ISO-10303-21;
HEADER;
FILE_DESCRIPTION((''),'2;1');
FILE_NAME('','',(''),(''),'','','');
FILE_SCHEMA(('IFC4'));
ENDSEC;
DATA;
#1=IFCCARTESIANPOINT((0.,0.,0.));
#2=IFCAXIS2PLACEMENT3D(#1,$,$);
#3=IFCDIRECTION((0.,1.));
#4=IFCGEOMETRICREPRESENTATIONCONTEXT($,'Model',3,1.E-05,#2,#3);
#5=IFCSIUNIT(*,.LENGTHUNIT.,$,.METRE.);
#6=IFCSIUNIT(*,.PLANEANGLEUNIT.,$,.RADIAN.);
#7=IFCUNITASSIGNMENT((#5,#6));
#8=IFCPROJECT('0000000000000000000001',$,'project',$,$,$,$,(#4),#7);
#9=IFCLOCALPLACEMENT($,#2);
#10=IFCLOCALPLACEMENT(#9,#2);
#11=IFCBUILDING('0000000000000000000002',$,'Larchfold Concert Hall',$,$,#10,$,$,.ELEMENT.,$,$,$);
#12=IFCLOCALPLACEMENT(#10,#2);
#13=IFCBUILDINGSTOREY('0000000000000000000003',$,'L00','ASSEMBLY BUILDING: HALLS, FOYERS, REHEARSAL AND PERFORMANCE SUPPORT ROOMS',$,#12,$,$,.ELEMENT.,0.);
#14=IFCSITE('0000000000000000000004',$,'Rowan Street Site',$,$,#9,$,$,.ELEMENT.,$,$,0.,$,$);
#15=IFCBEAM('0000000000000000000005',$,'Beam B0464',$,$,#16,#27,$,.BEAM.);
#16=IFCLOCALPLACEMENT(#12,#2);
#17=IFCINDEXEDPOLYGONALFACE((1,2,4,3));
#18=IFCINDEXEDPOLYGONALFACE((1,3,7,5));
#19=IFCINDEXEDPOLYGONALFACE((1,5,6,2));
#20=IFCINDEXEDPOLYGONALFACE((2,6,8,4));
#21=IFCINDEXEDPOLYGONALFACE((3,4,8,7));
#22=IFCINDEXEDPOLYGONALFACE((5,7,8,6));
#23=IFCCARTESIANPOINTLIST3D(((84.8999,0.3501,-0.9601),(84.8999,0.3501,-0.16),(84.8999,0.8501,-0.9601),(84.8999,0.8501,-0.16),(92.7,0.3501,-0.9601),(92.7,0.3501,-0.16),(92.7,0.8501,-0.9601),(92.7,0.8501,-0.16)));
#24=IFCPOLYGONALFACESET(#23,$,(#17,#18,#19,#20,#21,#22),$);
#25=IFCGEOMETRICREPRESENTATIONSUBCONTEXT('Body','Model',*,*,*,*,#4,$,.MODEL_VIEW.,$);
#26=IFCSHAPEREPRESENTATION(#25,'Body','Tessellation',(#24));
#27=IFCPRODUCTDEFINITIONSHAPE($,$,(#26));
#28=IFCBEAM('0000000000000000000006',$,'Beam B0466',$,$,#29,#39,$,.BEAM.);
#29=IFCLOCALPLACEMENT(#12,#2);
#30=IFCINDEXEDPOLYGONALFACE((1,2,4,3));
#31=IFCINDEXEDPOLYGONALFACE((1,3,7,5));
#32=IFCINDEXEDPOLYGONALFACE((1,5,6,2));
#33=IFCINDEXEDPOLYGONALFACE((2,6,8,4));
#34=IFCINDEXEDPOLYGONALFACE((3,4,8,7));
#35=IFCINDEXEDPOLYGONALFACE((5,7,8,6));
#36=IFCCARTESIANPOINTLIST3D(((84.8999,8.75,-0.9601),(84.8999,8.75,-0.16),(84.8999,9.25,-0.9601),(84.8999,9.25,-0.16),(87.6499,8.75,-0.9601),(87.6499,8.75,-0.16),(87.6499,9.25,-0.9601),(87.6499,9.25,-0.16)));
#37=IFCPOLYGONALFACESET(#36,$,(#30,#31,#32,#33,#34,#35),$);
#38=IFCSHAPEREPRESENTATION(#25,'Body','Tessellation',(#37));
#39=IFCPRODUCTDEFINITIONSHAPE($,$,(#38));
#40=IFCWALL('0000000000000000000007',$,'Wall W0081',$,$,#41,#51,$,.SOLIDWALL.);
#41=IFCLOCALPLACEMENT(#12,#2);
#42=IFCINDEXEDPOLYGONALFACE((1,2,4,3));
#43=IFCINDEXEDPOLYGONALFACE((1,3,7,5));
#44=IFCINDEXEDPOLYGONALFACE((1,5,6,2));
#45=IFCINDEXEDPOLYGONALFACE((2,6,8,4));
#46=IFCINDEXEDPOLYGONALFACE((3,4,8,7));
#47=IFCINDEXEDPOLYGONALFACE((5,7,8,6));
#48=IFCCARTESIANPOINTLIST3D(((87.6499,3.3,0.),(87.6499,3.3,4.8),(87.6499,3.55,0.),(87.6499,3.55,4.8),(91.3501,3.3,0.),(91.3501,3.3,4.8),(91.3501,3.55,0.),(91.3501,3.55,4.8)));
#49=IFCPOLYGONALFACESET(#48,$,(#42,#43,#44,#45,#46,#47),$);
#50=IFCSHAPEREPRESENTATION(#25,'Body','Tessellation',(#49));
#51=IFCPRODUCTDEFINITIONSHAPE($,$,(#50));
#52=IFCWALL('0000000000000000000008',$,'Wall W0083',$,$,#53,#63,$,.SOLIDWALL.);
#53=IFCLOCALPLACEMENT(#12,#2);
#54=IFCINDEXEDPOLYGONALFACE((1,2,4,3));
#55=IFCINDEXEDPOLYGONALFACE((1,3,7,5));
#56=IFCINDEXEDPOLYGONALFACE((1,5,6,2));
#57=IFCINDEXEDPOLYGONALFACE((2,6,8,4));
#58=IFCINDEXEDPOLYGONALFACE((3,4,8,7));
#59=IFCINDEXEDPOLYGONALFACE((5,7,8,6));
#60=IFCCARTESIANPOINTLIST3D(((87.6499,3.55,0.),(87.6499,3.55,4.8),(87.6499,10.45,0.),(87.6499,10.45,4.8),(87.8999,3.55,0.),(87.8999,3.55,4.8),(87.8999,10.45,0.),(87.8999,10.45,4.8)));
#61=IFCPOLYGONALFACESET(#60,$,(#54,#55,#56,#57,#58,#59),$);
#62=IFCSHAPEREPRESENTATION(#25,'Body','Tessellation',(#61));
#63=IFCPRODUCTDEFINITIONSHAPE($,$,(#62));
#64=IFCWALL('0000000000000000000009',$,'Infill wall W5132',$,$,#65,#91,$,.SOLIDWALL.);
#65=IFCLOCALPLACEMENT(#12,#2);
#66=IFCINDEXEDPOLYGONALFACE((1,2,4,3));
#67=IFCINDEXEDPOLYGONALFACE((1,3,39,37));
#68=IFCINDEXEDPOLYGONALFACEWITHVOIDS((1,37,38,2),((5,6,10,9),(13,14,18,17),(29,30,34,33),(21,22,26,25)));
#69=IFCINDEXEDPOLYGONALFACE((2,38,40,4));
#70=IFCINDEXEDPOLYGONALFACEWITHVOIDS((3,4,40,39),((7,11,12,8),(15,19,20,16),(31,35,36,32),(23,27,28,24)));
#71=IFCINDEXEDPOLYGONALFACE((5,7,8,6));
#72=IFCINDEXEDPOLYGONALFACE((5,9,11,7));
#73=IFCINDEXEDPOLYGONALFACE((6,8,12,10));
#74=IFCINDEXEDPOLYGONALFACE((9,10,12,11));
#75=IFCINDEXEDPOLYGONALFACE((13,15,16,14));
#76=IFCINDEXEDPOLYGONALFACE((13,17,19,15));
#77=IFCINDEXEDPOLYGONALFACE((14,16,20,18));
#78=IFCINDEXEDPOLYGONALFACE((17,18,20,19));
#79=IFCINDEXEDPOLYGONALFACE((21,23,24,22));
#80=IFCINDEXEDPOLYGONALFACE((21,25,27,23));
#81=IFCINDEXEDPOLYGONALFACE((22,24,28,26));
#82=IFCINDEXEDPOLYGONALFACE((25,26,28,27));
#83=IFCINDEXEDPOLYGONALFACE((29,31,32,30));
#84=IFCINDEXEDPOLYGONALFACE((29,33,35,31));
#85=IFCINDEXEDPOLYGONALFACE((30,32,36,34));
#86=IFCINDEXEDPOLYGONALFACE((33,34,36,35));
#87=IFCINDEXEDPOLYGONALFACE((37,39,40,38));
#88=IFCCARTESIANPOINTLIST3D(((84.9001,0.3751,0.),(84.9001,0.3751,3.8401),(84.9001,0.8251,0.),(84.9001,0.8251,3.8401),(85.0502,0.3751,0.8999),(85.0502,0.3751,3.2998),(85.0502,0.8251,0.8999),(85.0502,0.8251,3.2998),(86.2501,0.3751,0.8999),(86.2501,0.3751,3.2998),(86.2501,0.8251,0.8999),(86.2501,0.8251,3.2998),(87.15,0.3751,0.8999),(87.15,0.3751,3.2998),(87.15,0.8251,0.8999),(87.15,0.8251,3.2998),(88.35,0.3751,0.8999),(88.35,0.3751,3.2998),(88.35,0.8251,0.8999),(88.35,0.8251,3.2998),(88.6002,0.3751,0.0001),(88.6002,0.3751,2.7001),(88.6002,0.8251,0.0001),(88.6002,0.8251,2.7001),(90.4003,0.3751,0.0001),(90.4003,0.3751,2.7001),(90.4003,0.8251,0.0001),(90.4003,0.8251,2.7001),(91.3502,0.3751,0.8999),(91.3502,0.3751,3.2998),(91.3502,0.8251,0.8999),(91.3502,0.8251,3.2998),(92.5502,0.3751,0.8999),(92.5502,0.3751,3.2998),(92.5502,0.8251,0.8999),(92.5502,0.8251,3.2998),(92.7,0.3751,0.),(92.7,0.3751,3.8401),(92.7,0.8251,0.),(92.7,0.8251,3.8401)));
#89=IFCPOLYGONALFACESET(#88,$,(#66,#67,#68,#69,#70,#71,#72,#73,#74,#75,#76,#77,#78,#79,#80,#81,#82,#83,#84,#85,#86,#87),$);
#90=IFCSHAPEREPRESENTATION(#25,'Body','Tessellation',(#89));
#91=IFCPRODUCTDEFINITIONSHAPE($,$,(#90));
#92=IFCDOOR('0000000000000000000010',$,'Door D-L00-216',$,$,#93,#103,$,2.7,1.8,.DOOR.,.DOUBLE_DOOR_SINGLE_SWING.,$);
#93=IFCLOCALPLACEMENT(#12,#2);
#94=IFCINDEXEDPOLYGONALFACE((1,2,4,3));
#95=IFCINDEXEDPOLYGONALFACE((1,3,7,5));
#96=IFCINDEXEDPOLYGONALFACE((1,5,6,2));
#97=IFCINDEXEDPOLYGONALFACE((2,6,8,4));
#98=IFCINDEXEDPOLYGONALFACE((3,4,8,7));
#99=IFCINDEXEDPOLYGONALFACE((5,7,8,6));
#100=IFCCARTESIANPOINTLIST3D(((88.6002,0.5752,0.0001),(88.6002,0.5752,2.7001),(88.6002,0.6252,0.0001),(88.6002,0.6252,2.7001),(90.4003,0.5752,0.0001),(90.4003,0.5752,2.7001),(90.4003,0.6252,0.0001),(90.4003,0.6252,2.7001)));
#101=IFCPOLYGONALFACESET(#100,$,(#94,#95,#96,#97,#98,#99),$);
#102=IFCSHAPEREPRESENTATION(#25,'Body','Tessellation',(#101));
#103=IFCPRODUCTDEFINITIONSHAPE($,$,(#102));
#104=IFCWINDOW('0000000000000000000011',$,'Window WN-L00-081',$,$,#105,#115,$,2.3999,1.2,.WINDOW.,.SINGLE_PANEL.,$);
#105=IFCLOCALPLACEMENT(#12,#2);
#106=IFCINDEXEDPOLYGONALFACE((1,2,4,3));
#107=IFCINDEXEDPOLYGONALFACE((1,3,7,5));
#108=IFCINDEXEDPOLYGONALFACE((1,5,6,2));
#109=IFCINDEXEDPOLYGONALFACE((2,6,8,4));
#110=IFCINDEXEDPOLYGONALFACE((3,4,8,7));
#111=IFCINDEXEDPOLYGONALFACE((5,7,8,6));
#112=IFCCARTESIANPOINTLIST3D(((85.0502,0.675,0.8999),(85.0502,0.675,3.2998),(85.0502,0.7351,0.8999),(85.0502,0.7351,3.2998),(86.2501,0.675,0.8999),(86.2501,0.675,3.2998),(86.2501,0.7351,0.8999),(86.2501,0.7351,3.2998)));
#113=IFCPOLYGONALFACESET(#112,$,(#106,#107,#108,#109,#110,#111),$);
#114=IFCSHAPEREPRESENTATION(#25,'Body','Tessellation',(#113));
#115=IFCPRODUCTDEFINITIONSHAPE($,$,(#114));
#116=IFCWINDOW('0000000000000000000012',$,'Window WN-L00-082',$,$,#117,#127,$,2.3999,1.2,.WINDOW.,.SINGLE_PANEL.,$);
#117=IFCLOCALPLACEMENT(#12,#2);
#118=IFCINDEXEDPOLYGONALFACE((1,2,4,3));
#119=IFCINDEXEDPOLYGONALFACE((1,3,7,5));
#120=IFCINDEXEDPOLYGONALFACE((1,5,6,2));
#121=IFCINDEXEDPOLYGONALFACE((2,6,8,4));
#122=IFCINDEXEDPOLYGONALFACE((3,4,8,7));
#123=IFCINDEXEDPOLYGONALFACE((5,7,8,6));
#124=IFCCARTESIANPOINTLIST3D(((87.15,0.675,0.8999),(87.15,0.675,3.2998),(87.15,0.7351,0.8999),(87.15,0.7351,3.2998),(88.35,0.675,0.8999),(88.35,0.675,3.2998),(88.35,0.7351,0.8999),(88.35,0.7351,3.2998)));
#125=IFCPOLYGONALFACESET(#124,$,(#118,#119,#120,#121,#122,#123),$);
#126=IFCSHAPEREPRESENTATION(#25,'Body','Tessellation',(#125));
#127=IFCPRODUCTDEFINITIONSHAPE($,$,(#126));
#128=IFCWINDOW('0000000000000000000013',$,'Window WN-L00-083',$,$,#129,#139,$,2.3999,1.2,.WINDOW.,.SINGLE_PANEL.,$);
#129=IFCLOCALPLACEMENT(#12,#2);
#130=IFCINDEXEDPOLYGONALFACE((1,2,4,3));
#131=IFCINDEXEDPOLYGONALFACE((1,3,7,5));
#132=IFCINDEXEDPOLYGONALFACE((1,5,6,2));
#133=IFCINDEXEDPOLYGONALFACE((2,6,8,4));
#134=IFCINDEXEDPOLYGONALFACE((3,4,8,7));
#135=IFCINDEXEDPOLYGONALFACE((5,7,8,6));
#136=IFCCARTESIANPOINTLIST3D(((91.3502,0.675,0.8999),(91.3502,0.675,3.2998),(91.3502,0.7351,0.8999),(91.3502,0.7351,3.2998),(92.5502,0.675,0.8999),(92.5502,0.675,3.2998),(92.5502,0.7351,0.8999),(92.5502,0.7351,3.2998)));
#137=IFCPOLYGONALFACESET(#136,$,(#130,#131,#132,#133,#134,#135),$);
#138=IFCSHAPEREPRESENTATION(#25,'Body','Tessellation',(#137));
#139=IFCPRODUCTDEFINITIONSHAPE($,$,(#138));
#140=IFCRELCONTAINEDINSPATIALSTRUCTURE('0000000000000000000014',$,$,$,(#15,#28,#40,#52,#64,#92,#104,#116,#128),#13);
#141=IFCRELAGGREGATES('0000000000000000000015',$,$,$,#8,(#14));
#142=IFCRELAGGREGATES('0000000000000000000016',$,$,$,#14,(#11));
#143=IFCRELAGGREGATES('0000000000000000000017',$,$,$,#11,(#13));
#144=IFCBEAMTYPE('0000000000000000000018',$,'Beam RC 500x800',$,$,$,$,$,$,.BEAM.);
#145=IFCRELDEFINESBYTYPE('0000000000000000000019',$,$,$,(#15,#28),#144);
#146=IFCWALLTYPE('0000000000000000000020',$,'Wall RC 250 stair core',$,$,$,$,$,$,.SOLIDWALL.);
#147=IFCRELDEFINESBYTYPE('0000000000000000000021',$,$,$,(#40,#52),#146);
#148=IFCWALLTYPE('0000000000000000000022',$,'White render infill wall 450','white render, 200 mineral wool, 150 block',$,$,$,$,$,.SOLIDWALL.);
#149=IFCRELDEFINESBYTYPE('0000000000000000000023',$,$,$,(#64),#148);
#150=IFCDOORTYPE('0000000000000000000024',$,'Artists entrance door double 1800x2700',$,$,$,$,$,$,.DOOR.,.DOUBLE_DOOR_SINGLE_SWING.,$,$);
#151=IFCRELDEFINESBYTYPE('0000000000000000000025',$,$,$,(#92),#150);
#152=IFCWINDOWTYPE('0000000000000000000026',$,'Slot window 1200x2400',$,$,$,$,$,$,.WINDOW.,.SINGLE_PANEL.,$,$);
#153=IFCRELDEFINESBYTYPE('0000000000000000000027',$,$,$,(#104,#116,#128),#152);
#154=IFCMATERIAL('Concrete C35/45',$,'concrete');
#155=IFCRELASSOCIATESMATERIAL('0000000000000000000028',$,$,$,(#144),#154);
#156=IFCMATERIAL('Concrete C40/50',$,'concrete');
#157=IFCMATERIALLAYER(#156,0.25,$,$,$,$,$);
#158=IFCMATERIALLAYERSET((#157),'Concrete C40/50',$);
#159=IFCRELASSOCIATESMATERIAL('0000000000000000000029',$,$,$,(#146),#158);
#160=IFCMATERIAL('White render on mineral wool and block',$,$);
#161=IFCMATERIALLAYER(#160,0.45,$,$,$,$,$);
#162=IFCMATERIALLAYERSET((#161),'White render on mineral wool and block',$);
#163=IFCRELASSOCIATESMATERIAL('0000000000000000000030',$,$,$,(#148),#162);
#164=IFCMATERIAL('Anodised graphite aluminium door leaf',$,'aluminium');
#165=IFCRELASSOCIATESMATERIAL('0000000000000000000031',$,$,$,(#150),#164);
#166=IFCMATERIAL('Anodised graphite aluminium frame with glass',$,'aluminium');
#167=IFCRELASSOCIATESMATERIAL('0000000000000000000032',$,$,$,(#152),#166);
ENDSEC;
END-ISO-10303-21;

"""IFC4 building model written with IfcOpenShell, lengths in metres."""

from ifc_helpers import new_model, si_unit, direction, frame, frame_2d, origin, origin_2d, place, context, subcontext, project, spatial, rectangle, extrude, material, layer, layer_set, material_profile, profile_set, type_object, element, fill, save


model = new_model("IFC4")

# Units and contexts
model_context = context("Model", 3, precision=1e-05, world=origin(), true_north=direction((0.0, 1.0)))
body_context = subcontext(model_context, "Body", "Model", "MODEL_VIEW")
ifc_project = project(units=[si_unit("LENGTHUNIT", "METRE"), si_unit("PLANEANGLEUNIT", "RADIAN")], contexts=[model_context])

# Site, building, storey
site_placement = place(None, origin())
site = spatial("IfcSite", under=ifc_project, at=site_placement, Name="Rowan Street Site", CompositionType="ELEMENT", RefElevation=0.0)
building_placement = place(site_placement, origin())
building = spatial("IfcBuilding", under=site, at=building_placement, Name="Larchfold Concert Hall", CompositionType="ELEMENT")
storey_placement = place(building_placement, origin())
storey = spatial("IfcBuildingStorey", under=building, at=storey_placement, Name="L00", Description="ASSEMBLY BUILDING: HALLS, FOYERS, REHEARSAL AND PERFORMANCE SUPPORT ROOMS", CompositionType="ELEMENT", Elevation=0.0)

# Beams
ifc_material_1 = material(Name="Concrete C35/45", Category="concrete")
ifc_material_profile = material_profile(ifc_material_1, rectangle(XDim=0.5, YDim=0.8, at=origin_2d()))
ifc_profile_set = profile_set([ifc_material_profile], Name="Concrete C35/45")
beam_type = type_object("IfcBeamType", Name="Beam RC 500x800", PredefinedType="BEAM", material=ifc_profile_set)
beam_1_placement = place(storey_placement, frame((84.8999, 0.6001, -0.5601), z_axis=(1.0, 0.0, 0.0), x_axis=(0.0, 1.0, 0.0)))
element("IfcBeam", 1, at=beam_1_placement, inside=storey, type_object=beam_type, Name="Beam B0464", PredefinedType="BEAM", context=body_context, shape_type="SweptSolid", body=[
    extrude(rectangle(XDim=0.5, YDim=0.8, at=origin_2d()), origin(), (0.0, 0.0, 1.0), 7.8),
])
beam_2_placement = place(storey_placement, frame((84.8999, 9.0, -0.5601), z_axis=(1.0, 0.0, 0.0), x_axis=(0.0, 1.0, 0.0)))
element("IfcBeam", 2, at=beam_2_placement, inside=storey, type_object=beam_type, Name="Beam B0466", PredefinedType="BEAM", context=body_context, shape_type="SweptSolid", body=[
    extrude(rectangle(XDim=0.5, YDim=0.8, at=origin_2d()), origin(), (0.0, 0.0, 1.0), 2.75),
])

# Walls
ifc_material_2 = material(Name="Concrete C40/50", Category="concrete")
ifc_layer_1 = layer(ifc_material_2, 0.25)
ifc_layer_set_1 = layer_set([ifc_layer_1], Name="Concrete C40/50")
wall_type_1 = type_object("IfcWallType", Name="Wall RC 250 stair core", PredefinedType="SOLIDWALL", material=ifc_layer_set_1)
wall_1_placement = place(storey_placement, frame((87.6499, 3.425, 0.0), z_axis=(0.0, 0.0, 1.0), x_axis=(1.0, 0.0, 0.0)))
element("IfcWall", 3, at=wall_1_placement, inside=storey, type_object=wall_type_1, Name="Wall W0081", PredefinedType="SOLIDWALL", context=body_context, shape_type="SweptSolid", body=[
    extrude(rectangle(XDim=3.7002, YDim=0.25, at=frame_2d((1.8501, 0.0))), origin(), (0.0, 0.0, 1.0), 4.8),
])
wall_2_placement = place(storey_placement, frame((87.7749, 3.55, 0.0), z_axis=(0.0, 0.0, 1.0), x_axis=(0.0, 1.0, 0.0)))
element("IfcWall", 4, at=wall_2_placement, inside=storey, type_object=wall_type_1, Name="Wall W0083", PredefinedType="SOLIDWALL", context=body_context, shape_type="SweptSolid", body=[
    extrude(rectangle(XDim=6.8999, YDim=0.25, at=frame_2d((3.45, 0.0))), origin(), (0.0, 0.0, 1.0), 4.8),
])

# Wall, openings, door, windows
ifc_material_3 = material(Name="White render on mineral wool and block")
ifc_layer_2 = layer(ifc_material_3, 0.45)
ifc_layer_set_2 = layer_set([ifc_layer_2], Name="White render on mineral wool and block")
wall_type_2 = type_object("IfcWallType", Name="White render infill wall 450", Description="white render, 200 mineral wool, 150 block", PredefinedType="SOLIDWALL", material=ifc_layer_set_2)
wall_3_placement = place(storey_placement, frame((84.9001, 0.6001, 0.0), z_axis=(0.0, 0.0, 1.0), x_axis=(1.0, 0.0, 0.0)))
wall_3 = element("IfcWall", 5, at=wall_3_placement, inside=storey, type_object=wall_type_2, Name="Infill wall W5132", PredefinedType="SOLIDWALL", context=body_context, shape_type="SweptSolid", body=[
    extrude(rectangle(XDim=7.7998, YDim=0.45, at=frame_2d((3.8999, 0.0))), origin(), (0.0, 0.0, 1.0), 3.8401),
])
opening_1_placement = place(wall_3_placement, frame((5.5, 0.0, 0.0), z_axis=(0.0, 0.0, 1.0), x_axis=(-1.0, 0.0, 0.0)))
opening_1 = element("IfcOpeningElement", 6, at=opening_1_placement, cuts=wall_3, PredefinedType="OPENING", context=body_context, shape_type="SweptSolid", body=[
    extrude(rectangle(XDim=1.8, YDim=2.7, at=frame_2d((0.8999, 1.3501))), frame((0.0, 0.2349, 0.0), z_axis=(0.0, -1.0, 0.0), x_axis=(1.0, 0.0, 0.0)), (0.0, 0.0, 1.0), 0.47),
])
opening_2_placement = place(wall_3_placement, frame((0.1499, 0.0, 0.8999)))
opening_2 = element("IfcOpeningElement", 7, at=opening_2_placement, cuts=wall_3, PredefinedType="OPENING", context=body_context, shape_type="SweptSolid", body=[
    extrude(rectangle(XDim=1.2, YDim=2.3999, at=frame_2d((0.6001, 1.2))), frame((0.0, 0.2349, 0.0), z_axis=(0.0, -1.0, 0.0), x_axis=(1.0, 0.0, 0.0)), (0.0, 0.0, 1.0), 0.47),
])
opening_3_placement = place(wall_3_placement, frame((2.2498, 0.0, 0.8999)))
opening_3 = element("IfcOpeningElement", 8, at=opening_3_placement, cuts=wall_3, PredefinedType="OPENING", context=body_context, shape_type="SweptSolid", body=[
    extrude(rectangle(XDim=1.2, YDim=2.3999, at=frame_2d((0.6001, 1.2))), frame((0.0, 0.2349, 0.0), z_axis=(0.0, -1.0, 0.0), x_axis=(1.0, 0.0, 0.0)), (0.0, 0.0, 1.0), 0.47),
])
opening_4_placement = place(wall_3_placement, frame((6.45, 0.0, 0.8999)))
opening_4 = element("IfcOpeningElement", 9, at=opening_4_placement, cuts=wall_3, PredefinedType="OPENING", context=body_context, shape_type="SweptSolid", body=[
    extrude(rectangle(XDim=1.2, YDim=2.3999, at=frame_2d((0.6001, 1.2))), frame((0.0, 0.2349, 0.0), z_axis=(0.0, -1.0, 0.0), x_axis=(1.0, 0.0, 0.0)), (0.0, 0.0, 1.0), 0.47),
])
ifc_material_4 = material(Name="Anodised graphite aluminium door leaf", Category="aluminium")
door_type = type_object("IfcDoorType", Name="Artists entrance door double 1800x2700", OperationType="DOUBLE_DOOR_SINGLE_SWING", PredefinedType="DOOR", material=ifc_material_4)
door_placement = place(opening_1_placement, origin())
door = element("IfcDoor", 10, at=door_placement, inside=storey, type_object=door_type, Name="Door D-L00-216", OperationType="DOUBLE_DOOR_SINGLE_SWING", OverallHeight=2.7, OverallWidth=1.8, PredefinedType="DOOR", context=body_context, shape_type="SweptSolid", body=[
    extrude(rectangle(XDim=1.8, YDim=2.7, at=frame_2d((0.8999, 1.3501))), frame((0.0, 0.0249, 0.0), z_axis=(0.0, -1.0, 0.0), x_axis=(1.0, 0.0, 0.0)), (0.0, 0.0, 1.0), 0.05),
])
fill(opening_1, door)
ifc_material_5 = material(Name="Anodised graphite aluminium frame with glass", Category="aluminium")
window_type = type_object("IfcWindowType", Name="Slot window 1200x2400", PartitioningType="SINGLE_PANEL", PredefinedType="WINDOW", material=ifc_material_5)
window_1_placement = place(opening_2_placement, origin())
window_1 = element("IfcWindow", 11, at=window_1_placement, inside=storey, type_object=window_type, Name="Window WN-L00-081", OverallHeight=2.3999, OverallWidth=1.2, PartitioningType="SINGLE_PANEL", PredefinedType="WINDOW", context=body_context, shape_type="SweptSolid", body=[
    extrude(rectangle(XDim=1.2, YDim=2.3999, at=frame_2d((0.6001, 1.2))), frame((0.0, 0.135, 0.0), z_axis=(0.0, -1.0, 0.0), x_axis=(1.0, 0.0, 0.0)), (0.0, 0.0, 1.0), 0.0601),
])
fill(opening_2, window_1)
window_2_placement = place(opening_3_placement, origin())
window_2 = element("IfcWindow", 12, at=window_2_placement, inside=storey, type_object=window_type, Name="Window WN-L00-082", OverallHeight=2.3999, OverallWidth=1.2, PartitioningType="SINGLE_PANEL", PredefinedType="WINDOW", context=body_context, shape_type="SweptSolid", body=[
    extrude(rectangle(XDim=1.2, YDim=2.3999, at=frame_2d((0.6001, 1.2))), frame((0.0, 0.135, 0.0), z_axis=(0.0, -1.0, 0.0), x_axis=(1.0, 0.0, 0.0)), (0.0, 0.0, 1.0), 0.0601),
])
fill(opening_3, window_2)
window_3_placement = place(opening_4_placement, origin())
window_3 = element("IfcWindow", 13, at=window_3_placement, inside=storey, type_object=window_type, Name="Window WN-L00-083", OverallHeight=2.3999, OverallWidth=1.2, PartitioningType="SINGLE_PANEL", PredefinedType="WINDOW", context=body_context, shape_type="SweptSolid", body=[
    extrude(rectangle(XDim=1.2, YDim=2.3999, at=frame_2d((0.6001, 1.2))), frame((0.0, 0.135, 0.0), z_axis=(0.0, -1.0, 0.0), x_axis=(1.0, 0.0, 0.0)), (0.0, 0.0, 1.0), 0.0601),
])
fill(opening_4, window_3)

save(model, "model.ifc")
